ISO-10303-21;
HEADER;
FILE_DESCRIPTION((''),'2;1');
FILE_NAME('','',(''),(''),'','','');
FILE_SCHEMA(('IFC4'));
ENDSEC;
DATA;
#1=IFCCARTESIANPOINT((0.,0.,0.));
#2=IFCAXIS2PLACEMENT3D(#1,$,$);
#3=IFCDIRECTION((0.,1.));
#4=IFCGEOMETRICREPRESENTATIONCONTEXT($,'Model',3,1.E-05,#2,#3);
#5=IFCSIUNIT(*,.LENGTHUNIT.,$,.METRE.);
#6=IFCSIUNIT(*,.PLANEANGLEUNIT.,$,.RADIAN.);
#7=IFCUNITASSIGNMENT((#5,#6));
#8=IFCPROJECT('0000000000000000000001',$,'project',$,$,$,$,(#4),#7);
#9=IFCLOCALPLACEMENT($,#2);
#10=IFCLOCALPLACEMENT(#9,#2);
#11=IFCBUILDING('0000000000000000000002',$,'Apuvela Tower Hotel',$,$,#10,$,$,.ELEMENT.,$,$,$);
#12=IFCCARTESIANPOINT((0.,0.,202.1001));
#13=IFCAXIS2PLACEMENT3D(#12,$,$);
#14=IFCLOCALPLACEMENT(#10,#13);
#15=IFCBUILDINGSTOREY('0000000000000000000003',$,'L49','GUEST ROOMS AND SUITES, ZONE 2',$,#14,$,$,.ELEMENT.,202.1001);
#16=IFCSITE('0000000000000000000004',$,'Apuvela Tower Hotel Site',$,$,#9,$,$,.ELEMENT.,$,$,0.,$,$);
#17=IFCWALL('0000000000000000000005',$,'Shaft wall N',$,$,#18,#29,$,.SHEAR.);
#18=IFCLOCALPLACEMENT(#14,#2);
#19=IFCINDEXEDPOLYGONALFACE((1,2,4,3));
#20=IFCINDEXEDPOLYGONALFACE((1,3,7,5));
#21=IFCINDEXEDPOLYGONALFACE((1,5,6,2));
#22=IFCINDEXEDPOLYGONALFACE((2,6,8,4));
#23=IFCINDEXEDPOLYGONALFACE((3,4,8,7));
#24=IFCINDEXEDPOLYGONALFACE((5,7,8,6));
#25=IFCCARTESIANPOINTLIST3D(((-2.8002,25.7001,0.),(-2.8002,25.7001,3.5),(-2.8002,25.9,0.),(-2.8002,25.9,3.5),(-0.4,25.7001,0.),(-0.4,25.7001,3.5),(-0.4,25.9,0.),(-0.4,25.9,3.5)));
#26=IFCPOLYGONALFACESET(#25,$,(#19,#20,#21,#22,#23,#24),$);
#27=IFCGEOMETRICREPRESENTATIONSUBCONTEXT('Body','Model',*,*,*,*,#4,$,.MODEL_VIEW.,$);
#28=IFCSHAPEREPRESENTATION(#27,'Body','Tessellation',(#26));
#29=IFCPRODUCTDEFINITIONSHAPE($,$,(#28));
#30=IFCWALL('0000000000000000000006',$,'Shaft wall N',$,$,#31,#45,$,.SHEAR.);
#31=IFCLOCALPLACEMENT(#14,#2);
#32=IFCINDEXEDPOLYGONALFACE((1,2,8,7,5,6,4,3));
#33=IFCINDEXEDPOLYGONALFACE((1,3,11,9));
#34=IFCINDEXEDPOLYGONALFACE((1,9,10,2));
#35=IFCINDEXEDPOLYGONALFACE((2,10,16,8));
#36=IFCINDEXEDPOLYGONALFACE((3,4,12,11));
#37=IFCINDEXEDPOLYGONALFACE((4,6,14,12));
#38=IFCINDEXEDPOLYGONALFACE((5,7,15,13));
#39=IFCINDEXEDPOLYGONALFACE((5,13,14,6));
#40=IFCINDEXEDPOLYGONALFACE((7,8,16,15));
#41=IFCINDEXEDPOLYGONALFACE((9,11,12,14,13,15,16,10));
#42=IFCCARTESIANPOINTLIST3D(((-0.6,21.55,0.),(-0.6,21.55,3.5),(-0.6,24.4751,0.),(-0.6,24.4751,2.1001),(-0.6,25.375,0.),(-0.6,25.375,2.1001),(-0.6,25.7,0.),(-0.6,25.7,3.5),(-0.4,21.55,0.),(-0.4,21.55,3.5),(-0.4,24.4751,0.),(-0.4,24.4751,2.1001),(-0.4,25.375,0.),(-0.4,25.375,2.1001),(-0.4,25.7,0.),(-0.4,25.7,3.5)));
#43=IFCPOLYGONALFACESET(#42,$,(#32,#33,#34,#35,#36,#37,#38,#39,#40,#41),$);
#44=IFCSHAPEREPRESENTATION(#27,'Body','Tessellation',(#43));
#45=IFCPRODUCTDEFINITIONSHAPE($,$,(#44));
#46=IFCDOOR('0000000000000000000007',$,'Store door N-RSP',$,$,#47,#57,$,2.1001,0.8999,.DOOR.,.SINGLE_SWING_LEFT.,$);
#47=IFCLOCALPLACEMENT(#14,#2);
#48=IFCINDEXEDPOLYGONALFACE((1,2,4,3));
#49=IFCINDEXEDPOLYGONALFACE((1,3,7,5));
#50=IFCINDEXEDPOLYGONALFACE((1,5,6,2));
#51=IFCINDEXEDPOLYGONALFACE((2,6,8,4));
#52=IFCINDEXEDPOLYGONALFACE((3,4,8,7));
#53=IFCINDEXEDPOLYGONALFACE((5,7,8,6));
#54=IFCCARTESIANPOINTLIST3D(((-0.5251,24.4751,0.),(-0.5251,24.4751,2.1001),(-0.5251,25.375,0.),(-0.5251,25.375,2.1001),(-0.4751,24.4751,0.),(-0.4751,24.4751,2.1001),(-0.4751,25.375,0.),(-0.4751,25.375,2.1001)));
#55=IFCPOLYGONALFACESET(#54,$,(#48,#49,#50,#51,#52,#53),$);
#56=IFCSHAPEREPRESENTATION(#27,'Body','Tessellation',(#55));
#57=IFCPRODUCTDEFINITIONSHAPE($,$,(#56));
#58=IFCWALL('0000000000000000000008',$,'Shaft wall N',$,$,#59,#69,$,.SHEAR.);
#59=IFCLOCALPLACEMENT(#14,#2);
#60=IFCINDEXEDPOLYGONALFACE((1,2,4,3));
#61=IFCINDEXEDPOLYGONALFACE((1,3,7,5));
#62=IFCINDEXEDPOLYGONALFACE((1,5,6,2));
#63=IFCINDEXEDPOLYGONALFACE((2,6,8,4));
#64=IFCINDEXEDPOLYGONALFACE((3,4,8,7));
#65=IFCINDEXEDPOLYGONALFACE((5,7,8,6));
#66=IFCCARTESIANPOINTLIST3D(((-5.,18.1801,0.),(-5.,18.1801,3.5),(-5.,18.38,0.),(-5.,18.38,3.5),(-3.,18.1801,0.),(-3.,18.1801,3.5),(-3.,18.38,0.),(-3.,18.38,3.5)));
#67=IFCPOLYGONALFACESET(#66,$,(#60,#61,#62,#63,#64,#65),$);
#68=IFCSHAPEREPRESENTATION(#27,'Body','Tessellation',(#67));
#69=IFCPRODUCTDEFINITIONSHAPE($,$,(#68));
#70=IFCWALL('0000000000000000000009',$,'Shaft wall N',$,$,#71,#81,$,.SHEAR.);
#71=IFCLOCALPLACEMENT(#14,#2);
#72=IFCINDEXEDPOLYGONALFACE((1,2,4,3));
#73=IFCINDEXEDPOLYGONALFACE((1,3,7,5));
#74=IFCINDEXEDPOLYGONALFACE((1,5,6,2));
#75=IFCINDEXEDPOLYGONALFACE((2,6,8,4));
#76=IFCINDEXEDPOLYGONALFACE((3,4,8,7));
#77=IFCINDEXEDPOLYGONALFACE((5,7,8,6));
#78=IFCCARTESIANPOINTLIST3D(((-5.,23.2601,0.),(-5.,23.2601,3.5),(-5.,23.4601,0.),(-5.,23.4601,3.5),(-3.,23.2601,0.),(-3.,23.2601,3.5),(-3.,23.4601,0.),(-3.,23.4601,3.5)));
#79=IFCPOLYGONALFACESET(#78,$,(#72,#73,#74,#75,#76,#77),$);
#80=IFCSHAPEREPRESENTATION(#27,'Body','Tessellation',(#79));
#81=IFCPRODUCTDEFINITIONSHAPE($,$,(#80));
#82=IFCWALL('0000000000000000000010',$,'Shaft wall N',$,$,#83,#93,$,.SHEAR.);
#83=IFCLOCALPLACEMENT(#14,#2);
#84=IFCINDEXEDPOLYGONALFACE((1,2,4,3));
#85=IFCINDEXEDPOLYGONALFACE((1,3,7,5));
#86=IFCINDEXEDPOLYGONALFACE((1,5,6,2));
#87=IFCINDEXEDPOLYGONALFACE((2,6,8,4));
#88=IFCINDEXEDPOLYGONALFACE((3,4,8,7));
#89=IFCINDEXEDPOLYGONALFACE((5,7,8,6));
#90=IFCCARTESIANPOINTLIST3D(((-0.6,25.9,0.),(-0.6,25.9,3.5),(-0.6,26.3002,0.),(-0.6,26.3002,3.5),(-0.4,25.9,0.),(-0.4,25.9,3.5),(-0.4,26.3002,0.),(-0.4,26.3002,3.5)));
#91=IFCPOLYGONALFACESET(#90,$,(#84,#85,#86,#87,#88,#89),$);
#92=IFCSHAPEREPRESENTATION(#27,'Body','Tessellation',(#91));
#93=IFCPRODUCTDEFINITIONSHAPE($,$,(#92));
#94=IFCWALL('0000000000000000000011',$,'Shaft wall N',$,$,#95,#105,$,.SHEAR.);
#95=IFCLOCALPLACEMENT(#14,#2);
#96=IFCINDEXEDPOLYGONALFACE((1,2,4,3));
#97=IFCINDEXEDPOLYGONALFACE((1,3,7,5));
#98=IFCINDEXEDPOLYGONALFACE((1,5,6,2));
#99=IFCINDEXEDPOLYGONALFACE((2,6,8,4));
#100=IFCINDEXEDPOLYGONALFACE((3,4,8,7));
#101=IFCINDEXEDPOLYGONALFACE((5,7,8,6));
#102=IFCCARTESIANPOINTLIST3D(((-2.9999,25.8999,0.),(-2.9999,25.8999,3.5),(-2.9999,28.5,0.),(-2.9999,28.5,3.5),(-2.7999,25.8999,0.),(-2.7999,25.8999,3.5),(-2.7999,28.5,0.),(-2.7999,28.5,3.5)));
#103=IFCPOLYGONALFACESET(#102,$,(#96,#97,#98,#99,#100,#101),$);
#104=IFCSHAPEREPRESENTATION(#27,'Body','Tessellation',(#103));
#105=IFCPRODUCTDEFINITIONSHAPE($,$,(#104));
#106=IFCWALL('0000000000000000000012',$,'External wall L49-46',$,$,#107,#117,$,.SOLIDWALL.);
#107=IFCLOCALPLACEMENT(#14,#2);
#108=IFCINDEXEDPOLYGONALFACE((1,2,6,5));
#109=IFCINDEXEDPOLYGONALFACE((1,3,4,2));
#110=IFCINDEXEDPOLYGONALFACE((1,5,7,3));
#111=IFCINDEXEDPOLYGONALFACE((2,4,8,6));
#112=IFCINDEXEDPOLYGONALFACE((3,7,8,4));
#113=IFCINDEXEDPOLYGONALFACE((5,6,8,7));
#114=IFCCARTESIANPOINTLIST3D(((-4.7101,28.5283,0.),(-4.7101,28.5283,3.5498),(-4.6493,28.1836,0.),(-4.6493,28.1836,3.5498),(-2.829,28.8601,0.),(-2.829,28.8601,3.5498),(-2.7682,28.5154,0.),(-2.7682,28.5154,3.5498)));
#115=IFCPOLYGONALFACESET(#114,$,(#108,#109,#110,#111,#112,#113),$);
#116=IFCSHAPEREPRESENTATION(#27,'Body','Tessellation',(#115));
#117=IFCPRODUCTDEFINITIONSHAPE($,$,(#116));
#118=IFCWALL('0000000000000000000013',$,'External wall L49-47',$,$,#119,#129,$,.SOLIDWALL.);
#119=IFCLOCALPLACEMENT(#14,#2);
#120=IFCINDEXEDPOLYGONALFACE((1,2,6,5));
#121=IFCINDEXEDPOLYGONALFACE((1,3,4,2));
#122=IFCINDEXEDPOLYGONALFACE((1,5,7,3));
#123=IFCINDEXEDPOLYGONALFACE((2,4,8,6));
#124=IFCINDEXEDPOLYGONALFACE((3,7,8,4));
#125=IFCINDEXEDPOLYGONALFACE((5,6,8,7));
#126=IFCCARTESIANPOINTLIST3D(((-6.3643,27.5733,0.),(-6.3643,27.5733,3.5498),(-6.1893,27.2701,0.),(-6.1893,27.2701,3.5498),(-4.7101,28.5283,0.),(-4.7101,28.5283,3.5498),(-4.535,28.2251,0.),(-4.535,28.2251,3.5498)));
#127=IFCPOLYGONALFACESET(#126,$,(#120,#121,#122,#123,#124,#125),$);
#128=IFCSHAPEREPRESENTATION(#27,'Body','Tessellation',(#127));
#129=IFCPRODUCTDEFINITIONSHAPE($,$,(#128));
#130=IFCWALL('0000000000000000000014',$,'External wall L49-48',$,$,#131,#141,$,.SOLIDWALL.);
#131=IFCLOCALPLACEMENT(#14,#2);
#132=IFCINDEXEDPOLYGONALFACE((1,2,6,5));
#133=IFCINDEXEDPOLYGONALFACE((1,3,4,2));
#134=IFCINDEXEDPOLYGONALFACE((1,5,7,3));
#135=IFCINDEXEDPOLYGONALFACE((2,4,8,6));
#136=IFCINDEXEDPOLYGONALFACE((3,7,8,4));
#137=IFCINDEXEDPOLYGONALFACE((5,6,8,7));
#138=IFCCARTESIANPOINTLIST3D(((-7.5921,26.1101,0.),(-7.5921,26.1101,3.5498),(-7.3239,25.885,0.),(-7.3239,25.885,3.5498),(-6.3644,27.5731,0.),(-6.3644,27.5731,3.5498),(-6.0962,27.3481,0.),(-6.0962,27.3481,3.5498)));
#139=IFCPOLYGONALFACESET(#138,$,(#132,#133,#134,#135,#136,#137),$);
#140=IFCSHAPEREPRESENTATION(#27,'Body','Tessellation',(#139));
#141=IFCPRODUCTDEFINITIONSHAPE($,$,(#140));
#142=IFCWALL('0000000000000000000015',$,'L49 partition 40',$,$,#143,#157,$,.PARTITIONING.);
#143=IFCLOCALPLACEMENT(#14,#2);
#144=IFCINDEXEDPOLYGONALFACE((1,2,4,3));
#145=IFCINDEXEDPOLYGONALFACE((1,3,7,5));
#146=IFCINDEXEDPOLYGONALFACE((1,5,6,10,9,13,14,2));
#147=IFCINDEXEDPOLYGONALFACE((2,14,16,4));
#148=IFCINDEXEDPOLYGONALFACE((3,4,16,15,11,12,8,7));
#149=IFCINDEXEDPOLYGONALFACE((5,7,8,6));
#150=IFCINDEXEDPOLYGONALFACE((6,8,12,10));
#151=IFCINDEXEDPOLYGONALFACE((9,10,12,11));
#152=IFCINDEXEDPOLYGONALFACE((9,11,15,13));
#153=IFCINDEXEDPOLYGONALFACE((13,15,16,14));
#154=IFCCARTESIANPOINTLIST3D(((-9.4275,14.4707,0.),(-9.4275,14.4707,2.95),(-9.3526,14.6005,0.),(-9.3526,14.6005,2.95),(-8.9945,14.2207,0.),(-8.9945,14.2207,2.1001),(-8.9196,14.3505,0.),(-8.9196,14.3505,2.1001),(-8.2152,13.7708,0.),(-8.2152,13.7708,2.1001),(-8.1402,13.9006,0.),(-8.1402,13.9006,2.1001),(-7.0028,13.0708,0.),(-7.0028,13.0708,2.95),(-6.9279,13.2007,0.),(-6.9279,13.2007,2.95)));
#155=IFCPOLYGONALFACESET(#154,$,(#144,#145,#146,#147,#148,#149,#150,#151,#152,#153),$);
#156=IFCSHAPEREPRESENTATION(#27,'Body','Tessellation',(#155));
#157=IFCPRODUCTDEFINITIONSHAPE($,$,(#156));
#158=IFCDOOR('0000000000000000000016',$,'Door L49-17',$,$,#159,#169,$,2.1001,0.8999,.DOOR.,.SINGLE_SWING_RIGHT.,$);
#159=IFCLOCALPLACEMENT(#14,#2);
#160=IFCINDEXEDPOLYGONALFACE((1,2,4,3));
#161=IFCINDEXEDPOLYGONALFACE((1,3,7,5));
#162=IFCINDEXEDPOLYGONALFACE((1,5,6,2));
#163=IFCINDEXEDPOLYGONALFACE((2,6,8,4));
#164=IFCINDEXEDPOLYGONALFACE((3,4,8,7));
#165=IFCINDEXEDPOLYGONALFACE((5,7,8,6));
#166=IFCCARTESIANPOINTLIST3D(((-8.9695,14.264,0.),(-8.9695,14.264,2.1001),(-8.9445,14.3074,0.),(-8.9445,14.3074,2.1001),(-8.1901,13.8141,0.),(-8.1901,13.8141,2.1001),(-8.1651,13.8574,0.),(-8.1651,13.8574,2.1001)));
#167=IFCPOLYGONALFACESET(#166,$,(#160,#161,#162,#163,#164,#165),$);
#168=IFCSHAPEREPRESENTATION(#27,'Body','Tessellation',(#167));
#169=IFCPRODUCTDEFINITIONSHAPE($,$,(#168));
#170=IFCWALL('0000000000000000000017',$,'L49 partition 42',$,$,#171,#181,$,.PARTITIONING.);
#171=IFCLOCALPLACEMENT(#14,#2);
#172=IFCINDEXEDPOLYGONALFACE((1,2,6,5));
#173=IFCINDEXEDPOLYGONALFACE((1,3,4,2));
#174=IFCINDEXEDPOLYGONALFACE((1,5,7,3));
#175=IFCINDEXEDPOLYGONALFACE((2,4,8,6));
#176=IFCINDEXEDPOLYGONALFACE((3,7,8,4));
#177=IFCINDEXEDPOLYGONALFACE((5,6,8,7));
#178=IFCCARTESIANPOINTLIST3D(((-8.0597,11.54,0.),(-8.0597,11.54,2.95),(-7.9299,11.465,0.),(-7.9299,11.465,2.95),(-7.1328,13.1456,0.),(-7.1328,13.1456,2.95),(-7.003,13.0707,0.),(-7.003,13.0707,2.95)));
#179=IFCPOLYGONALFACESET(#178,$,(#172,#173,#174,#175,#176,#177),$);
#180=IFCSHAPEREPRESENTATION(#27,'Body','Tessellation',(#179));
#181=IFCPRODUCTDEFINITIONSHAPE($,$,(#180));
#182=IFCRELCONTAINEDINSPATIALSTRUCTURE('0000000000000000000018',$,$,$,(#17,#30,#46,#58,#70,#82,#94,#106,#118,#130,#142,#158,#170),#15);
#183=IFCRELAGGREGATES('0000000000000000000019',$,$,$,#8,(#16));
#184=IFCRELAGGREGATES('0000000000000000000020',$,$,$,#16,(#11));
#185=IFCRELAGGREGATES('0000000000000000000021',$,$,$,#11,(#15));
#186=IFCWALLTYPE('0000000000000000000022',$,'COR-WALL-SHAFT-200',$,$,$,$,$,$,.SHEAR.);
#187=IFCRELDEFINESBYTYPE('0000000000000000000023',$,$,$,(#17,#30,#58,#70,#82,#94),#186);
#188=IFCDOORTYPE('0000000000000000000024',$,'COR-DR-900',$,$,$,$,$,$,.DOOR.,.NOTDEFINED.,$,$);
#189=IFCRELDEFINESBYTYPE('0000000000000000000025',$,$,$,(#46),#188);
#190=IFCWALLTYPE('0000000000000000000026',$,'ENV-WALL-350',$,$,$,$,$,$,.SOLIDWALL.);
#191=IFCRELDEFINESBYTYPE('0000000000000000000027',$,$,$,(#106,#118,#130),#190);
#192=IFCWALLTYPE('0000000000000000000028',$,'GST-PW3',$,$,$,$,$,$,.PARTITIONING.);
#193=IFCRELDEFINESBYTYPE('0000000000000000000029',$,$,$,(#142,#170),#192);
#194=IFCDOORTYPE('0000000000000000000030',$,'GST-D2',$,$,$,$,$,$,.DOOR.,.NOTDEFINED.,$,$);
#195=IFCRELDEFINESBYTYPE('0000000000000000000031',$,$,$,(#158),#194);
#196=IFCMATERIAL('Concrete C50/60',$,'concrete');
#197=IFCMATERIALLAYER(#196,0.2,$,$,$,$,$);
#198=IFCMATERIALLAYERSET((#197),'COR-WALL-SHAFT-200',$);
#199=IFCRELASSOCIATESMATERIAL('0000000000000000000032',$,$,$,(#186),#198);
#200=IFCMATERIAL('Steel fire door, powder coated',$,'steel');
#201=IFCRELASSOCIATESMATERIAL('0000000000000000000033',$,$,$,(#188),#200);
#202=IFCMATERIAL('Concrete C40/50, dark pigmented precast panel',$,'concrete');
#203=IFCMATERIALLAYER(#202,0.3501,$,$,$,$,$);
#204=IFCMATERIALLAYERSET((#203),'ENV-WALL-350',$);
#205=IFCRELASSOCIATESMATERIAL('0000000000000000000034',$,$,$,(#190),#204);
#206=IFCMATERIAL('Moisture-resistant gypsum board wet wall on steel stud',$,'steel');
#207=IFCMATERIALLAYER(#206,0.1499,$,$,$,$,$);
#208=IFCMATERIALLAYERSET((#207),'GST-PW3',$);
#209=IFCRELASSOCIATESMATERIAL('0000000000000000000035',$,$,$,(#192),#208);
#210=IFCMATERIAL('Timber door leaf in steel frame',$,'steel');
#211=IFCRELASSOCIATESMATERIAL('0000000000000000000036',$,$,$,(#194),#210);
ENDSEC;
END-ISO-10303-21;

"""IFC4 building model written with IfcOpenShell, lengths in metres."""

from ifc_helpers import new_model, si_unit, direction, frame, frame_2d, origin, place, context, subcontext, project, spatial, rectangle, extrude, material, layer, layer_set, type_object, element, fill, save


model = new_model("IFC4")

# Units and contexts
model_context = context("Model", 3, precision=1e-05, world=origin(), true_north=direction((0.0, 1.0)))
body_context = subcontext(model_context, "Body", "Model", "MODEL_VIEW")
ifc_project = project(units=[si_unit("LENGTHUNIT", "METRE"), si_unit("PLANEANGLEUNIT", "RADIAN")], contexts=[model_context])

# Site, building, storey
site_placement = place(None, origin())
site = spatial("IfcSite", under=ifc_project, at=site_placement, Name="Apuvela Tower Hotel Site", CompositionType="ELEMENT", RefElevation=0.0)
building_placement = place(site_placement, origin())
building = spatial("IfcBuilding", under=site, at=building_placement, Name="Apuvela Tower Hotel", CompositionType="ELEMENT")
storey_placement = place(building_placement, frame((0.0, 0.0, 202.1001)))
storey = spatial("IfcBuildingStorey", under=building, at=storey_placement, Name="L49", Description="GUEST ROOMS AND SUITES, ZONE 2", CompositionType="ELEMENT", Elevation=202.1001)

# Shared definitions
ifc_material_1 = material(Name="Concrete C50/60", Category="concrete")
ifc_layer_1 = layer(ifc_material_1, 0.2)
ifc_layer_set_1 = layer_set([ifc_layer_1], Name="COR-WALL-SHAFT-200")
wall_type_1 = type_object("IfcWallType", Name="COR-WALL-SHAFT-200", PredefinedType="SHEAR", material=ifc_layer_set_1)

# Shared definitions
ifc_material_2 = material(Name="Steel fire door, powder coated", Category="steel")
door_type_1 = type_object("IfcDoorType", Name="COR-DR-900", OperationType="NOTDEFINED", PredefinedType="DOOR", material=ifc_material_2)

# Wall
wall_1_placement = place(storey_placement, frame((-0.3999, 25.8, 0.0), z_axis=(0.0, 0.0, 1.0), x_axis=(-1.0, 0.0, 0.0)))
element("IfcWall", 1, at=wall_1_placement, inside=storey, type_object=wall_type_1, Name="Shaft wall N", PredefinedType="SHEAR", context=body_context, shape_type="SweptSolid", body=[
    extrude(rectangle(XDim=2.4001, YDim=0.2, at=frame_2d((1.2002, 0.0))), origin(), (0.0, 0.0, 1.0), 3.5),
])

# Wall, opening, door
wall_2_placement = place(storey_placement, frame((-0.5, 21.55, 0.0), z_axis=(0.0, 0.0, 1.0), x_axis=(0.0, 1.0, 0.0)))
wall_2 = element("IfcWall", 2, at=wall_2_placement, inside=storey, type_object=wall_type_1, Name="Shaft wall N", PredefinedType="SHEAR", context=body_context, shape_type="SweptSolid", body=[
    extrude(rectangle(XDim=4.1499, YDim=0.2, at=frame_2d((2.075, 0.0))), origin(), (0.0, 0.0, 1.0), 3.5),
])
opening_1_placement = place(wall_2_placement, frame((2.925, 0.0, 0.0)))
opening_1 = element("IfcOpeningElement", 3, at=opening_1_placement, cuts=wall_2, PredefinedType="OPENING", context=body_context, shape_type="SweptSolid", body=[
    extrude(rectangle(XDim=0.8999, YDim=2.1001, at=frame_2d((0.45, 1.05))), frame((0.0, 0.1099, 0.0), z_axis=(0.0, -1.0, 0.0), x_axis=(1.0, 0.0, 0.0)), (0.0, 0.0, 1.0), 0.22),
])
door_1_placement = place(opening_1_placement, frame((0.8999, 0.0, 0.0), z_axis=(0.0, 0.0, 1.0), x_axis=(-1.0, 0.0, 0.0)))
door_1 = element("IfcDoor", 4, at=door_1_placement, inside=storey, type_object=door_type_1, Name="Store door N-RSP", OperationType="SINGLE_SWING_LEFT", OverallHeight=2.1001, OverallWidth=0.8999, PredefinedType="DOOR", context=body_context, shape_type="SweptSolid", body=[
    extrude(rectangle(XDim=0.8999, YDim=2.1001, at=frame_2d((0.45, 1.05))), frame((0.0, 0.0249, 0.0), z_axis=(0.0, -1.0, 0.0), x_axis=(1.0, 0.0, 0.0)), (0.0, 0.0, 1.0), 0.05),
])
fill(opening_1, door_1)

# Walls
for number, where, z_axis, x_axis, name in (
    (5, (-3.0, 18.28, 0.0), (0.0, 0.0, 1.0), (-1.0, 0.0, 0.0), "Shaft wall N"),
    (6, (-3.0, 23.3601, 0.0), (0.0, 0.0, 1.0), (-1.0, 0.0, 0.0), "Shaft wall N"),
):
    element("IfcWall", number, at=place(storey_placement, frame(where, z_axis=z_axis, x_axis=x_axis)), inside=storey, type_object=wall_type_1, Name=name, PredefinedType="SHEAR", context=body_context, shape_type="SweptSolid", body=[
        extrude(rectangle(XDim=2.0, YDim=0.2, at=frame_2d((1.0, 0.0))), origin(), (0.0, 0.0, 1.0), 3.5),
    ])
wall_3_placement = place(storey_placement, frame((-0.5, 25.8999, 0.0), z_axis=(0.0, 0.0, 1.0), x_axis=(0.0, 1.0, 0.0)))
element("IfcWall", 7, at=wall_3_placement, inside=storey, type_object=wall_type_1, Name="Shaft wall N", PredefinedType="SHEAR", context=body_context, shape_type="SweptSolid", body=[
    extrude(rectangle(XDim=0.4001, YDim=0.2, at=frame_2d((0.2002, 0.0))), origin(), (0.0, 0.0, 1.0), 3.5),
])
wall_4_placement = place(storey_placement, frame((-2.8999, 25.8999, 0.0), z_axis=(0.0, 0.0, 1.0), x_axis=(0.0, 1.0, 0.0)))
element("IfcWall", 8, at=wall_4_placement, inside=storey, type_object=wall_type_1, Name="Shaft wall N", PredefinedType="SHEAR", context=body_context, shape_type="SweptSolid", body=[
    extrude(rectangle(XDim=2.6001, YDim=0.2, at=frame_2d((1.3, 0.0))), origin(), (0.0, 0.0, 1.0), 3.5),
])

# Shared definitions
ifc_material_3 = material(Name="Concrete C40/50, dark pigmented precast panel", Category="concrete")
ifc_layer_2 = layer(ifc_material_3, 0.3501)
ifc_layer_set_2 = layer_set([ifc_layer_2], Name="ENV-WALL-350")
wall_type_2 = type_object("IfcWallType", Name="ENV-WALL-350", PredefinedType="SOLIDWALL", material=ifc_layer_set_2)

# Walls
for number, where, z_axis, x_axis, name in (
    (9, (-2.7986, 28.6877, 0.0), (0.0, 0.0, 1.0), (-0.984799, -0.173698, 0.0), "External wall L49-46"),
    (10, (-4.6226, 28.3767, 0.0), (0.0, 0.0, 1.0), (-0.866032, -0.499988, 0.0), "External wall L49-47"),
):
    element("IfcWall", number, at=place(storey_placement, frame(where, z_axis=z_axis, x_axis=x_axis)), inside=storey, type_object=wall_type_2, Name=name, PredefinedType="SOLIDWALL", context=body_context, shape_type="SweptSolid", body=[
        extrude(rectangle(XDim=1.9102, YDim=0.3501, at=frame_2d((0.9551, 0.0))), origin(), (0.0, 0.0, 1.0), 3.5498),
    ])
wall_5_placement = place(storey_placement, frame((-6.2302, 27.4607, 0.0), z_axis=(0.0, 0.0, 1.0), x_axis=(-0.642808, -0.766027, 0.0)))
element("IfcWall", 11, at=wall_5_placement, inside=storey, type_object=wall_type_2, Name="External wall L49-48", PredefinedType="SOLIDWALL", context=body_context, shape_type="SweptSolid", body=[
    extrude(rectangle(XDim=1.9099, YDim=0.3501, at=frame_2d((0.9551, 0.0))), origin(), (0.0, 0.0, 1.0), 3.5498),
])

# Wall, opening, door
ifc_material_4 = material(Name="Moisture-resistant gypsum board wet wall on steel stud", Category="steel")
ifc_layer_3 = layer(ifc_material_4, 0.1499)
ifc_layer_set_3 = layer_set([ifc_layer_3], Name="GST-PW3")
wall_type_3 = type_object("IfcWallType", Name="GST-PW3", PredefinedType="PARTITIONING", material=ifc_layer_set_3)
wall_6_placement = place(storey_placement, frame((-6.9653, 13.1357, 0.0), z_axis=(0.0, 0.0, 1.0), x_axis=(-0.866035, 0.499984, 0.0)))
wall_6 = element("IfcWall", 12, at=wall_6_placement, inside=storey, type_object=wall_type_3, Name="L49 partition 40", PredefinedType="PARTITIONING", context=body_context, shape_type="SweptSolid", body=[
    extrude(rectangle(XDim=2.7998, YDim=0.1499, at=frame_2d((1.3999, 0.0))), origin(), (0.0, 0.0, 1.0), 2.95),
])
opening_2_placement = place(wall_6_placement, frame((1.3999, 0.0, 0.0)))
opening_2 = element("IfcOpeningElement", 13, at=opening_2_placement, cuts=wall_6, PredefinedType="OPENING", context=body_context, shape_type="SweptSolid", body=[
    extrude(rectangle(XDim=0.8999, YDim=2.1001, at=frame_2d((0.45, 1.05))), frame((0.0, 0.085, 0.0), z_axis=(0.0, -1.0, 0.0), x_axis=(1.0, 0.0, 0.0)), (0.0, 0.0, 1.0), 0.1699),
])
ifc_material_5 = material(Name="Timber door leaf in steel frame", Category="steel")
door_type_2 = type_object("IfcDoorType", Name="GST-D2", OperationType="NOTDEFINED", PredefinedType="DOOR", material=ifc_material_5)
door_2_placement = place(opening_2_placement, origin())
door_2 = element("IfcDoor", 14, at=door_2_placement, inside=storey, type_object=door_type_2, Name="Door L49-17", OperationType="SINGLE_SWING_RIGHT", OverallHeight=2.1001, OverallWidth=0.8999, PredefinedType="DOOR", context=body_context, shape_type="SweptSolid", body=[
    extrude(rectangle(XDim=0.8999, YDim=2.1001, at=frame_2d((0.45, 1.05))), frame((0.0, 0.0249, 0.0), z_axis=(0.0, -1.0, 0.0), x_axis=(1.0, 0.0, 0.0)), (0.0, 0.0, 1.0), 0.05),
])
fill(opening_2, door_2)

# Wall
wall_7_placement = place(storey_placement, frame((-7.0679, 13.1082, 0.0), z_axis=(0.0, 0.0, 1.0), x_axis=(-0.499977, -0.866039, 0.0)))
element("IfcWall", 15, at=wall_7_placement, inside=storey, type_object=wall_type_3, Name="L49 partition 42", PredefinedType="PARTITIONING", context=body_context, shape_type="SweptSolid", body=[
    extrude(rectangle(XDim=1.854, YDim=0.1499, at=frame_2d((0.927, 0.0))), origin(), (0.0, 0.0, 1.0), 2.95),
])

save(model, "model.ifc")
